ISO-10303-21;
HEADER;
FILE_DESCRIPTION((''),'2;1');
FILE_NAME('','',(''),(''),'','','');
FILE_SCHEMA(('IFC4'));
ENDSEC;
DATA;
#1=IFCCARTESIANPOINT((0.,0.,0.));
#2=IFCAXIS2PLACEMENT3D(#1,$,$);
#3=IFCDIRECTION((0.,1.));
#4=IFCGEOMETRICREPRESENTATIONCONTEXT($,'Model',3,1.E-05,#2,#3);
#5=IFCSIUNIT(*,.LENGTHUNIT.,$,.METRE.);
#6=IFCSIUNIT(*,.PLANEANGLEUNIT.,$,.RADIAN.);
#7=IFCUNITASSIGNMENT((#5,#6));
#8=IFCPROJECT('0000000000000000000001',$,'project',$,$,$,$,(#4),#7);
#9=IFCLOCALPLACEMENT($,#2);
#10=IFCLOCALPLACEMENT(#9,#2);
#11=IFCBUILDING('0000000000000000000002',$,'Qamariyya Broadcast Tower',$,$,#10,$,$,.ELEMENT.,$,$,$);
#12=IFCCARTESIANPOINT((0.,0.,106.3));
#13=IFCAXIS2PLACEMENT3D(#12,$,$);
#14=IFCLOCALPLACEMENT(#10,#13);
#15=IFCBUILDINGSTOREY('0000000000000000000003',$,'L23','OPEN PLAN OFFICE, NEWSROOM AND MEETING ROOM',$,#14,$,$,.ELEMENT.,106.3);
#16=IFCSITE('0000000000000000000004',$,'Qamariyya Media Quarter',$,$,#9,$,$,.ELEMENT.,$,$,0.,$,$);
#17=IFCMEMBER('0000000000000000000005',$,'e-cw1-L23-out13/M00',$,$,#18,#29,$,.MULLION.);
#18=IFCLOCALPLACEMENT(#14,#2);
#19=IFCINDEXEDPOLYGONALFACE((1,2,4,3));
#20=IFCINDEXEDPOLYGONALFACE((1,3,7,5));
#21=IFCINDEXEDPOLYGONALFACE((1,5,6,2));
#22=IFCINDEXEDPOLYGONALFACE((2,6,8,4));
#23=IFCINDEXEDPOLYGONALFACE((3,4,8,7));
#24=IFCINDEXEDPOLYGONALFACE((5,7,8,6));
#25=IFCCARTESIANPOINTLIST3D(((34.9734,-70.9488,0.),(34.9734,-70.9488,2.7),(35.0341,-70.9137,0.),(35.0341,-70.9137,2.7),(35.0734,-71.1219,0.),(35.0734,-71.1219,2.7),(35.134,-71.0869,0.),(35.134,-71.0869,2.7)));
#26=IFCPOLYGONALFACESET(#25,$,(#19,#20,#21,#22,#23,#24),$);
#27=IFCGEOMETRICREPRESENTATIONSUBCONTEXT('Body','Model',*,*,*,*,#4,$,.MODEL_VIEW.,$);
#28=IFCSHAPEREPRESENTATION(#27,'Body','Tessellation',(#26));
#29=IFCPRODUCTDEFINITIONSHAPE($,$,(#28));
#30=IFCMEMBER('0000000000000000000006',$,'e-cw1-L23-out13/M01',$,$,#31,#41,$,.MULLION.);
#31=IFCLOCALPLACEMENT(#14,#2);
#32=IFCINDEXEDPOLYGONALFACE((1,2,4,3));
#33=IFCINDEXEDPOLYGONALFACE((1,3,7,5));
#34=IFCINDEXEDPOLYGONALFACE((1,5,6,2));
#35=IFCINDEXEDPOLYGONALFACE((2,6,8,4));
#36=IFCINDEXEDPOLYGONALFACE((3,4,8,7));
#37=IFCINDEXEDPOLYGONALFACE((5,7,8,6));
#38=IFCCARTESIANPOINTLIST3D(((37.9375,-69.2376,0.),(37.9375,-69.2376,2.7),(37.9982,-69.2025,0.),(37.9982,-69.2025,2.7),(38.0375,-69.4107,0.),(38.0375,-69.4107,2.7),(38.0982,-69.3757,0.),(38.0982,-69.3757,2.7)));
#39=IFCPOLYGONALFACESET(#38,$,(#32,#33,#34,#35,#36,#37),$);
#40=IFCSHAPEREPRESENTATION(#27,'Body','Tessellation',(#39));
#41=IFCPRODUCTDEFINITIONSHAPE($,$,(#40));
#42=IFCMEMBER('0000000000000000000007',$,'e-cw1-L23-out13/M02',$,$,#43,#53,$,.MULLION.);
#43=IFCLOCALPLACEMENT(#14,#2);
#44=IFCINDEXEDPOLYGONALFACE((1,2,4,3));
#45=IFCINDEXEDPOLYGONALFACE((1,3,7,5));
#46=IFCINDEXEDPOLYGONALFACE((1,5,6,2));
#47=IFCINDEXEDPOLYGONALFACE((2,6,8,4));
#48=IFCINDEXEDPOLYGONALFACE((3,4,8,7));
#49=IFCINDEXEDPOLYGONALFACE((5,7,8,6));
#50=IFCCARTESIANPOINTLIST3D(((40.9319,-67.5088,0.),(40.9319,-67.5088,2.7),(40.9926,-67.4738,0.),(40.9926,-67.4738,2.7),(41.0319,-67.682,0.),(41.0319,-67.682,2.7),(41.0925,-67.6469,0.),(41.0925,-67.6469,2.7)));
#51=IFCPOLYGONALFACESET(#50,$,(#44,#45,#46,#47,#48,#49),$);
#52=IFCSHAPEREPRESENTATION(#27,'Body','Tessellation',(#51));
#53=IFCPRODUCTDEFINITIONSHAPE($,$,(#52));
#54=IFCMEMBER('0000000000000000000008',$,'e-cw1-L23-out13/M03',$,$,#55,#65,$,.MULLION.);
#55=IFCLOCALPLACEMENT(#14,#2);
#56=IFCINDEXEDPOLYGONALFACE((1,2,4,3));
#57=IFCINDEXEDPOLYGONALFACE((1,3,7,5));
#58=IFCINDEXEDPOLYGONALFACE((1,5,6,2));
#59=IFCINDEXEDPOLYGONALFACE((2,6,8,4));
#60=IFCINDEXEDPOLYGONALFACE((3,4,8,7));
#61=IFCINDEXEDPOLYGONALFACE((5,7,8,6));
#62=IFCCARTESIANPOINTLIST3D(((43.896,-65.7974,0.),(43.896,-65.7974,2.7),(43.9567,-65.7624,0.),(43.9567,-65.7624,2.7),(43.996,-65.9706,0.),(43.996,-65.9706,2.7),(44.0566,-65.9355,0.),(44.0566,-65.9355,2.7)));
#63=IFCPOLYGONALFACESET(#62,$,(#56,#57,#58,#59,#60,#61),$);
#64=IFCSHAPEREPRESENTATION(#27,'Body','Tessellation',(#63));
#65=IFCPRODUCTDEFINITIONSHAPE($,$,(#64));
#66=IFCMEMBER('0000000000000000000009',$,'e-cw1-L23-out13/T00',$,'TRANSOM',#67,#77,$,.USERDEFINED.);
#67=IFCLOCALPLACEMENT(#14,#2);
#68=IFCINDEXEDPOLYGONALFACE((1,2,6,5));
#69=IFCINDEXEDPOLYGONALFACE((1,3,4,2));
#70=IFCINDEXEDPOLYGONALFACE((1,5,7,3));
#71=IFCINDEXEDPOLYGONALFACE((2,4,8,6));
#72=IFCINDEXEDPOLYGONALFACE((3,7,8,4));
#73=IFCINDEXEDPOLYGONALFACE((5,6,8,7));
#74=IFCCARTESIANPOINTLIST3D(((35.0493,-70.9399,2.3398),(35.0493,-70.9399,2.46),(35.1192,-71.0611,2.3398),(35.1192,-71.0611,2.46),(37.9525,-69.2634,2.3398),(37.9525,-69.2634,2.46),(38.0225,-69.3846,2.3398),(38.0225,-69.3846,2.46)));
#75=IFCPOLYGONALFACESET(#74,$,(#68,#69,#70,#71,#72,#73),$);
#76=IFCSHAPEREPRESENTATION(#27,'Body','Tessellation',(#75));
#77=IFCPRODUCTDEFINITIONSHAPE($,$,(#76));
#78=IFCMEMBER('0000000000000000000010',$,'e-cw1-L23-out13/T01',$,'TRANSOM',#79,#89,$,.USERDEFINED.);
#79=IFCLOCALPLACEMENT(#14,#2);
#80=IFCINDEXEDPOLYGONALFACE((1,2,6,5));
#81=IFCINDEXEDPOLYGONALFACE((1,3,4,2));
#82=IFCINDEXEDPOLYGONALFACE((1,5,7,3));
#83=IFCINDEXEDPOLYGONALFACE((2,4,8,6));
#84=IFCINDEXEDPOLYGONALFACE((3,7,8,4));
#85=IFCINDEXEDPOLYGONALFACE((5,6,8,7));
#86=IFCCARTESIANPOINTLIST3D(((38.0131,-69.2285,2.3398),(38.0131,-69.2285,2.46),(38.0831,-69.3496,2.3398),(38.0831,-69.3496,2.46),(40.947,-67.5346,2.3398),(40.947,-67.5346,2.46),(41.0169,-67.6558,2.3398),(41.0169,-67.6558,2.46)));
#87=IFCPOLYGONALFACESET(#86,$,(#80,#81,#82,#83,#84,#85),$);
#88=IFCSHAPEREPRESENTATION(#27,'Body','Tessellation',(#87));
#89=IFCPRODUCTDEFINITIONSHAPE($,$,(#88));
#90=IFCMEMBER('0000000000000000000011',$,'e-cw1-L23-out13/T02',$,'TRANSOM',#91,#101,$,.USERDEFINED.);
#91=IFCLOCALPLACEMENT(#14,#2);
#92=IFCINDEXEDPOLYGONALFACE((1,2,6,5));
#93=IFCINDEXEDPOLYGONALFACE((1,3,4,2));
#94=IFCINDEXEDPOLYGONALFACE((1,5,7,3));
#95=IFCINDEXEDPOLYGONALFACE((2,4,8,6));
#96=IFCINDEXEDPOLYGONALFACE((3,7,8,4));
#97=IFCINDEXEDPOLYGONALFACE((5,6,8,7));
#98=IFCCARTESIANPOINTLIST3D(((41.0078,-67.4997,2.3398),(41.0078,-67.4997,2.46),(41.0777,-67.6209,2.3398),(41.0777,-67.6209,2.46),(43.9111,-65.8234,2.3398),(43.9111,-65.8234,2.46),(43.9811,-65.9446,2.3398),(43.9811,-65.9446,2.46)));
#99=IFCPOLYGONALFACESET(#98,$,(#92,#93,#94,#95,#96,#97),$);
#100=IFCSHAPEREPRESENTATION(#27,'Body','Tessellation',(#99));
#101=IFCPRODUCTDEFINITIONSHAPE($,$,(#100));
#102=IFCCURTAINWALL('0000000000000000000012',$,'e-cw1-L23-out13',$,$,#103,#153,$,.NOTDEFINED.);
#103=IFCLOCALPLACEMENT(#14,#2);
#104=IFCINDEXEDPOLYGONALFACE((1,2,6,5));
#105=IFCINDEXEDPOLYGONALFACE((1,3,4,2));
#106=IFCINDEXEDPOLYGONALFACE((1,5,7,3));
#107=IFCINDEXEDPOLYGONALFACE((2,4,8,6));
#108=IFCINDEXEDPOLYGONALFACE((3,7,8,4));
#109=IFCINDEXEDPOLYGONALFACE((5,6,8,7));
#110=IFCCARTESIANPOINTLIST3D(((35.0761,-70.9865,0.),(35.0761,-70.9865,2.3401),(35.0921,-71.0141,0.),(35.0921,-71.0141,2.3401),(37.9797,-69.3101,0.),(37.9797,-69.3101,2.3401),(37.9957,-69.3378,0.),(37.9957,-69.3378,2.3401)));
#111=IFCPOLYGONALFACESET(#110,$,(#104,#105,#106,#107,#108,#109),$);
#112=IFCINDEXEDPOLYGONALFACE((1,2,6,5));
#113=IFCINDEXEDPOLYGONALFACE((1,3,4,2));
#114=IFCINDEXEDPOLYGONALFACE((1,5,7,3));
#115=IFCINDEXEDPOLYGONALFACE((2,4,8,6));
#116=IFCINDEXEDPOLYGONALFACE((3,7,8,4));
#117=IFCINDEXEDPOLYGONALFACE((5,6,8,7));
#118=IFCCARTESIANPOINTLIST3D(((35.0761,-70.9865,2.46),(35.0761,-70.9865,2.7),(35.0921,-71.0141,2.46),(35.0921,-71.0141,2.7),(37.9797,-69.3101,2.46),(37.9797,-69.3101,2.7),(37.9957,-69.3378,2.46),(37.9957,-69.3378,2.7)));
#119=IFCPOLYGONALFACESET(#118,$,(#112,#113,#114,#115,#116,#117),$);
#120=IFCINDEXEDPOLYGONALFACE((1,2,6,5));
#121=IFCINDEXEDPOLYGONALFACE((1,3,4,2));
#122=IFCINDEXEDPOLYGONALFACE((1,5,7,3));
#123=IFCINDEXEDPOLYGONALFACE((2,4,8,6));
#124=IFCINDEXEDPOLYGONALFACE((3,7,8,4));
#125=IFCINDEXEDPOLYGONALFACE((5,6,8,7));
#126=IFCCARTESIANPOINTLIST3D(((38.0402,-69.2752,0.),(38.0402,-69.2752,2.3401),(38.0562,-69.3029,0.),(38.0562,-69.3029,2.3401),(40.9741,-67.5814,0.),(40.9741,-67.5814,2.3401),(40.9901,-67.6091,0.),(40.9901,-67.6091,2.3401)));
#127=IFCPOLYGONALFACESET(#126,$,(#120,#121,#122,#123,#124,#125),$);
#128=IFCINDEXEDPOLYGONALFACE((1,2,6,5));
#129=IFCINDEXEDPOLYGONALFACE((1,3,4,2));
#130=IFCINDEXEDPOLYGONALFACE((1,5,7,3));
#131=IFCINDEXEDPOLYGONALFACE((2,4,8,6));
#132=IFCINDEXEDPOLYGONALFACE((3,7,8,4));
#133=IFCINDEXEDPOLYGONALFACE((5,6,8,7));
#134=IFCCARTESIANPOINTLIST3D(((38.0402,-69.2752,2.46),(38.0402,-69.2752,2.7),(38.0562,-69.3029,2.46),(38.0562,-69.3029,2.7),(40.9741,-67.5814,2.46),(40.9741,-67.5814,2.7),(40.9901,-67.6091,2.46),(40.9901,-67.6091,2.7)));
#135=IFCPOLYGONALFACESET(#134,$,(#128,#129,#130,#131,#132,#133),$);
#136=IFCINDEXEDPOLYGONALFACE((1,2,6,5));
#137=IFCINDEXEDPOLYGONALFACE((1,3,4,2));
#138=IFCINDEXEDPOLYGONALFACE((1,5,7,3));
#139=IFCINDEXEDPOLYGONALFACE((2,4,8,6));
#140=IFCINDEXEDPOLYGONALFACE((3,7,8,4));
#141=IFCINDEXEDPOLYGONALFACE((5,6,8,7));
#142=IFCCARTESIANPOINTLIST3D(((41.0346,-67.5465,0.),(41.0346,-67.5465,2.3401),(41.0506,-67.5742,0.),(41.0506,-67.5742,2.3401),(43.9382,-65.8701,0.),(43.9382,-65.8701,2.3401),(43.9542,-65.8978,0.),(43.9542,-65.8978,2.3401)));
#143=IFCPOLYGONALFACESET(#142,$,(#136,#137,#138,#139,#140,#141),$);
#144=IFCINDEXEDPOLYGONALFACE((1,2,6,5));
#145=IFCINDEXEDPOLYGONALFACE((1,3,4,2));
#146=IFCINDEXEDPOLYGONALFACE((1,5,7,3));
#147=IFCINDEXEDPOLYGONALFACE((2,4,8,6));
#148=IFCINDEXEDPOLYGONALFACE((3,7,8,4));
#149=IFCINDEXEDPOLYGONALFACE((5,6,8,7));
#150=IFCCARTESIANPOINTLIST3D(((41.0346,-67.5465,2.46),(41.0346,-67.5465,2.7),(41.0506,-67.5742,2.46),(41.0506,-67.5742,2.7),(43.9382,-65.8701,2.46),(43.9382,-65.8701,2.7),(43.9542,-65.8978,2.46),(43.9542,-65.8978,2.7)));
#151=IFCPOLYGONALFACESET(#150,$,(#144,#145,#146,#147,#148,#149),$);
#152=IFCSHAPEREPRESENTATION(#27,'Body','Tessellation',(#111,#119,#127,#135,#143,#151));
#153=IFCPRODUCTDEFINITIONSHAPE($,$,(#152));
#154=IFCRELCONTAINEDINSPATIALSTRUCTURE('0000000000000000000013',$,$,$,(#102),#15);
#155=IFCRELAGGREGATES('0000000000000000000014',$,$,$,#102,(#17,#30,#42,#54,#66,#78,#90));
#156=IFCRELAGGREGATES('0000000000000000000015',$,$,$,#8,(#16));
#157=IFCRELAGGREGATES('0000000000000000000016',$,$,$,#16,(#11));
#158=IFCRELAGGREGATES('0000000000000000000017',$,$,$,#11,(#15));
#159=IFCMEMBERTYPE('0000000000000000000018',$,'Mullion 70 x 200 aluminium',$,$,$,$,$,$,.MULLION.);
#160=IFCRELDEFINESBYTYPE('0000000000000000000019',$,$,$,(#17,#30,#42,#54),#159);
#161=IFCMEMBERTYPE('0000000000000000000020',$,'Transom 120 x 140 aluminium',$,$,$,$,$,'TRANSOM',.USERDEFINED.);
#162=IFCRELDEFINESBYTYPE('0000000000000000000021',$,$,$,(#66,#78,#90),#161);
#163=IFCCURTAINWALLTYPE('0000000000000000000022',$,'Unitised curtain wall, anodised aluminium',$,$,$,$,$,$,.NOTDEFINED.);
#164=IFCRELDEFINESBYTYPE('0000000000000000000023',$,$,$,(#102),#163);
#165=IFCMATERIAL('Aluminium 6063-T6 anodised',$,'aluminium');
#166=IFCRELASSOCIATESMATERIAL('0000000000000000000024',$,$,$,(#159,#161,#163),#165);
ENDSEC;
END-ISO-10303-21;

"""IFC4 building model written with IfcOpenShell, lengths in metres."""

from ifc_helpers import new_model, si_unit, direction, frame, origin, origin_2d, place, context, subcontext, project, spatial, rectangle, extrude, material, material_profile, profile_set, type_object, element, aggregate, save


model = new_model("IFC4")

# Units and contexts
model_context = context("Model", 3, precision=1e-05, world=origin(), true_north=direction((0.0, 1.0)))
body_context = subcontext(model_context, "Body", "Model", "MODEL_VIEW")
ifc_project = project(units=[si_unit("LENGTHUNIT", "METRE"), si_unit("PLANEANGLEUNIT", "RADIAN")], contexts=[model_context])

# Members
ifc_material = material(Name="Aluminium 6063-T6 anodised", Category="aluminium")
ifc_material_profile_1 = material_profile(ifc_material, rectangle(XDim=0.2, YDim=0.0701, at=origin_2d()))
ifc_profile_set_1 = profile_set([ifc_material_profile_1], Name="Aluminium 6063-T6 anodised")
member_type_1 = type_object("IfcMemberType", Name="Mullion 70 x 200 aluminium", PredefinedType="MULLION", material=ifc_profile_set_1)
site_placement = place(None, origin())
building_placement = place(site_placement, origin())
storey_placement = place(building_placement, frame((0.0, 0.0, 106.3)))
member_1_placement = place(storey_placement, frame((35.0537, -71.0178, 0.0), z_axis=(0.0, 0.0, 1.0), x_axis=(-0.5, 0.866025, 0.0)))
member_1 = element("IfcMember", 1, at=member_1_placement, type_object=member_type_1, Name="e-cw1-L23-out13/M00", PredefinedType="MULLION", context=body_context, shape_type="SweptSolid", body=[
    extrude(rectangle(XDim=0.2, YDim=0.0701, at=origin_2d()), origin(), (0.0, 0.0, 1.0), 2.7),
])
member_2_placement = place(storey_placement, frame((38.0178, -69.3066, 0.0), z_axis=(0.0, 0.0, 1.0), x_axis=(-0.5, 0.866025, 0.0)))
member_2 = element("IfcMember", 2, at=member_2_placement, type_object=member_type_1, Name="e-cw1-L23-out13/M01", PredefinedType="MULLION", context=body_context, shape_type="SweptSolid", body=[
    extrude(rectangle(XDim=0.2, YDim=0.0701, at=origin_2d()), origin(), (0.0, 0.0, 1.0), 2.7),
])
member_3_placement = place(storey_placement, frame((41.0122, -67.5779, 0.0), z_axis=(0.0, 0.0, 1.0), x_axis=(-0.5, 0.866025, 0.0)))
member_3 = element("IfcMember", 3, at=member_3_placement, type_object=member_type_1, Name="e-cw1-L23-out13/M02", PredefinedType="MULLION", context=body_context, shape_type="SweptSolid", body=[
    extrude(rectangle(XDim=0.2, YDim=0.0701, at=origin_2d()), origin(), (0.0, 0.0, 1.0), 2.7),
])
member_4_placement = place(storey_placement, frame((43.9763, -65.8665, 0.0), z_axis=(0.0, 0.0, 1.0), x_axis=(-0.5, 0.866025, 0.0)))
member_4 = element("IfcMember", 4, at=member_4_placement, type_object=member_type_1, Name="e-cw1-L23-out13/M03", PredefinedType="MULLION", context=body_context, shape_type="SweptSolid", body=[
    extrude(rectangle(XDim=0.2, YDim=0.0701, at=origin_2d()), origin(), (0.0, 0.0, 1.0), 2.7),
])
ifc_material_profile_2 = material_profile(ifc_material, rectangle(XDim=0.1399, YDim=0.1201, at=origin_2d()))
ifc_profile_set_2 = profile_set([ifc_material_profile_2], Name="Aluminium 6063-T6 anodised")
member_type_2 = type_object("IfcMemberType", Name="Transom 120 x 140 aluminium", ElementType="TRANSOM", PredefinedType="USERDEFINED", material=ifc_profile_set_2)
member_5_placement = place(storey_placement, frame((35.0842, -71.0005, 2.3999), z_axis=(0.865989, 0.500063, 0.0), x_axis=(-0.500063, 0.865989, 0.0)))
member_5 = element("IfcMember", 5, at=member_5_placement, type_object=member_type_2, Name="e-cw1-L23-out13/T00", ObjectType="TRANSOM", PredefinedType="USERDEFINED", context=body_context, shape_type="SweptSolid", body=[
    extrude(rectangle(XDim=0.1399, YDim=0.1201, at=origin_2d()), origin(), (0.0, 0.0, 1.0), 3.3525),
])
member_6_placement = place(storey_placement, frame((38.0481, -69.2891, 2.3999), z_axis=(0.866026, 0.499999, 0.0), x_axis=(-0.499999, 0.866026, 0.0)))
member_6 = element("IfcMember", 6, at=member_6_placement, type_object=member_type_2, Name="e-cw1-L23-out13/T01", ObjectType="TRANSOM", PredefinedType="USERDEFINED", context=body_context, shape_type="SweptSolid", body=[
    extrude(rectangle(XDim=0.1399, YDim=0.1201, at=origin_2d()), origin(), (0.0, 0.0, 1.0), 3.3877),
])
member_7_placement = place(storey_placement, frame((41.0427, -67.5603, 2.3999), z_axis=(0.866021, 0.500008, 0.0), x_axis=(-0.500008, 0.866021, 0.0)))
member_7 = element("IfcMember", 7, at=member_7_placement, type_object=member_type_2, Name="e-cw1-L23-out13/T02", ObjectType="TRANSOM", PredefinedType="USERDEFINED", context=body_context, shape_type="SweptSolid", body=[
    extrude(rectangle(XDim=0.1399, YDim=0.1201, at=origin_2d()), origin(), (0.0, 0.0, 1.0), 3.3525),
])

# Site, building, storey
site = spatial("IfcSite", under=ifc_project, at=site_placement, Name="Qamariyya Media Quarter", CompositionType="ELEMENT", RefElevation=0.0)
building = spatial("IfcBuilding", under=site, at=building_placement, Name="Qamariyya Broadcast Tower", CompositionType="ELEMENT")
storey = spatial("IfcBuildingStorey", under=building, at=storey_placement, Name="L23", Description="OPEN PLAN OFFICE, NEWSROOM AND MEETING ROOM", CompositionType="ELEMENT", Elevation=106.3)

# Curtain wall
curtain_wall_type = type_object("IfcCurtainWallType", Name="Unitised curtain wall, anodised aluminium", PredefinedType="NOTDEFINED", material=ifc_material)
curtain_wall_1_placement = place(storey_placement, origin())
curtain_wall_1 = element("IfcCurtainWall", 8, at=curtain_wall_1_placement, inside=storey, type_object=curtain_wall_type, Name="e-cw1-L23-out13", PredefinedType="NOTDEFINED", context=body_context, shape_type="SweptSolid", body=[
    extrude(rectangle(XDim=3.3528, YDim=0.032, at=origin_2d()), frame((36.5359, -70.1621, 0.0), x_axis=(0.866027, 0.499997, 0.0)), (0.0, 0.0, 1.0), 2.3401),
    extrude(rectangle(XDim=3.3528, YDim=0.032, at=origin_2d()), frame((36.5359, -70.1621, 2.46), x_axis=(0.866027, 0.499997, 0.0)), (0.0, 0.0, 1.0), 0.24),
    extrude(rectangle(XDim=3.3877, YDim=0.032, at=origin_2d()), frame((39.5151, -68.4421, 0.0), x_axis=(0.866027, 0.499997, 0.0)), (0.0, 0.0, 1.0), 2.3401),
    extrude(rectangle(XDim=3.3877, YDim=0.032, at=origin_2d()), frame((39.5151, -68.4421, 2.46), x_axis=(0.866027, 0.499997, 0.0)), (0.0, 0.0, 1.0), 0.24),
    extrude(rectangle(XDim=3.3528, YDim=0.032, at=origin_2d()), frame((42.4944, -66.7222, 0.0), x_axis=(0.866027, 0.499997, 0.0)), (0.0, 0.0, 1.0), 2.3401),
    extrude(rectangle(XDim=3.3528, YDim=0.032, at=origin_2d()), frame((42.4944, -66.7222, 2.46), x_axis=(0.866027, 0.499997, 0.0)), (0.0, 0.0, 1.0), 0.24),
])
aggregate(curtain_wall_1, [member_1, member_2, member_3, member_4, member_5, member_6, member_7])

save(model, "model.ifc")
